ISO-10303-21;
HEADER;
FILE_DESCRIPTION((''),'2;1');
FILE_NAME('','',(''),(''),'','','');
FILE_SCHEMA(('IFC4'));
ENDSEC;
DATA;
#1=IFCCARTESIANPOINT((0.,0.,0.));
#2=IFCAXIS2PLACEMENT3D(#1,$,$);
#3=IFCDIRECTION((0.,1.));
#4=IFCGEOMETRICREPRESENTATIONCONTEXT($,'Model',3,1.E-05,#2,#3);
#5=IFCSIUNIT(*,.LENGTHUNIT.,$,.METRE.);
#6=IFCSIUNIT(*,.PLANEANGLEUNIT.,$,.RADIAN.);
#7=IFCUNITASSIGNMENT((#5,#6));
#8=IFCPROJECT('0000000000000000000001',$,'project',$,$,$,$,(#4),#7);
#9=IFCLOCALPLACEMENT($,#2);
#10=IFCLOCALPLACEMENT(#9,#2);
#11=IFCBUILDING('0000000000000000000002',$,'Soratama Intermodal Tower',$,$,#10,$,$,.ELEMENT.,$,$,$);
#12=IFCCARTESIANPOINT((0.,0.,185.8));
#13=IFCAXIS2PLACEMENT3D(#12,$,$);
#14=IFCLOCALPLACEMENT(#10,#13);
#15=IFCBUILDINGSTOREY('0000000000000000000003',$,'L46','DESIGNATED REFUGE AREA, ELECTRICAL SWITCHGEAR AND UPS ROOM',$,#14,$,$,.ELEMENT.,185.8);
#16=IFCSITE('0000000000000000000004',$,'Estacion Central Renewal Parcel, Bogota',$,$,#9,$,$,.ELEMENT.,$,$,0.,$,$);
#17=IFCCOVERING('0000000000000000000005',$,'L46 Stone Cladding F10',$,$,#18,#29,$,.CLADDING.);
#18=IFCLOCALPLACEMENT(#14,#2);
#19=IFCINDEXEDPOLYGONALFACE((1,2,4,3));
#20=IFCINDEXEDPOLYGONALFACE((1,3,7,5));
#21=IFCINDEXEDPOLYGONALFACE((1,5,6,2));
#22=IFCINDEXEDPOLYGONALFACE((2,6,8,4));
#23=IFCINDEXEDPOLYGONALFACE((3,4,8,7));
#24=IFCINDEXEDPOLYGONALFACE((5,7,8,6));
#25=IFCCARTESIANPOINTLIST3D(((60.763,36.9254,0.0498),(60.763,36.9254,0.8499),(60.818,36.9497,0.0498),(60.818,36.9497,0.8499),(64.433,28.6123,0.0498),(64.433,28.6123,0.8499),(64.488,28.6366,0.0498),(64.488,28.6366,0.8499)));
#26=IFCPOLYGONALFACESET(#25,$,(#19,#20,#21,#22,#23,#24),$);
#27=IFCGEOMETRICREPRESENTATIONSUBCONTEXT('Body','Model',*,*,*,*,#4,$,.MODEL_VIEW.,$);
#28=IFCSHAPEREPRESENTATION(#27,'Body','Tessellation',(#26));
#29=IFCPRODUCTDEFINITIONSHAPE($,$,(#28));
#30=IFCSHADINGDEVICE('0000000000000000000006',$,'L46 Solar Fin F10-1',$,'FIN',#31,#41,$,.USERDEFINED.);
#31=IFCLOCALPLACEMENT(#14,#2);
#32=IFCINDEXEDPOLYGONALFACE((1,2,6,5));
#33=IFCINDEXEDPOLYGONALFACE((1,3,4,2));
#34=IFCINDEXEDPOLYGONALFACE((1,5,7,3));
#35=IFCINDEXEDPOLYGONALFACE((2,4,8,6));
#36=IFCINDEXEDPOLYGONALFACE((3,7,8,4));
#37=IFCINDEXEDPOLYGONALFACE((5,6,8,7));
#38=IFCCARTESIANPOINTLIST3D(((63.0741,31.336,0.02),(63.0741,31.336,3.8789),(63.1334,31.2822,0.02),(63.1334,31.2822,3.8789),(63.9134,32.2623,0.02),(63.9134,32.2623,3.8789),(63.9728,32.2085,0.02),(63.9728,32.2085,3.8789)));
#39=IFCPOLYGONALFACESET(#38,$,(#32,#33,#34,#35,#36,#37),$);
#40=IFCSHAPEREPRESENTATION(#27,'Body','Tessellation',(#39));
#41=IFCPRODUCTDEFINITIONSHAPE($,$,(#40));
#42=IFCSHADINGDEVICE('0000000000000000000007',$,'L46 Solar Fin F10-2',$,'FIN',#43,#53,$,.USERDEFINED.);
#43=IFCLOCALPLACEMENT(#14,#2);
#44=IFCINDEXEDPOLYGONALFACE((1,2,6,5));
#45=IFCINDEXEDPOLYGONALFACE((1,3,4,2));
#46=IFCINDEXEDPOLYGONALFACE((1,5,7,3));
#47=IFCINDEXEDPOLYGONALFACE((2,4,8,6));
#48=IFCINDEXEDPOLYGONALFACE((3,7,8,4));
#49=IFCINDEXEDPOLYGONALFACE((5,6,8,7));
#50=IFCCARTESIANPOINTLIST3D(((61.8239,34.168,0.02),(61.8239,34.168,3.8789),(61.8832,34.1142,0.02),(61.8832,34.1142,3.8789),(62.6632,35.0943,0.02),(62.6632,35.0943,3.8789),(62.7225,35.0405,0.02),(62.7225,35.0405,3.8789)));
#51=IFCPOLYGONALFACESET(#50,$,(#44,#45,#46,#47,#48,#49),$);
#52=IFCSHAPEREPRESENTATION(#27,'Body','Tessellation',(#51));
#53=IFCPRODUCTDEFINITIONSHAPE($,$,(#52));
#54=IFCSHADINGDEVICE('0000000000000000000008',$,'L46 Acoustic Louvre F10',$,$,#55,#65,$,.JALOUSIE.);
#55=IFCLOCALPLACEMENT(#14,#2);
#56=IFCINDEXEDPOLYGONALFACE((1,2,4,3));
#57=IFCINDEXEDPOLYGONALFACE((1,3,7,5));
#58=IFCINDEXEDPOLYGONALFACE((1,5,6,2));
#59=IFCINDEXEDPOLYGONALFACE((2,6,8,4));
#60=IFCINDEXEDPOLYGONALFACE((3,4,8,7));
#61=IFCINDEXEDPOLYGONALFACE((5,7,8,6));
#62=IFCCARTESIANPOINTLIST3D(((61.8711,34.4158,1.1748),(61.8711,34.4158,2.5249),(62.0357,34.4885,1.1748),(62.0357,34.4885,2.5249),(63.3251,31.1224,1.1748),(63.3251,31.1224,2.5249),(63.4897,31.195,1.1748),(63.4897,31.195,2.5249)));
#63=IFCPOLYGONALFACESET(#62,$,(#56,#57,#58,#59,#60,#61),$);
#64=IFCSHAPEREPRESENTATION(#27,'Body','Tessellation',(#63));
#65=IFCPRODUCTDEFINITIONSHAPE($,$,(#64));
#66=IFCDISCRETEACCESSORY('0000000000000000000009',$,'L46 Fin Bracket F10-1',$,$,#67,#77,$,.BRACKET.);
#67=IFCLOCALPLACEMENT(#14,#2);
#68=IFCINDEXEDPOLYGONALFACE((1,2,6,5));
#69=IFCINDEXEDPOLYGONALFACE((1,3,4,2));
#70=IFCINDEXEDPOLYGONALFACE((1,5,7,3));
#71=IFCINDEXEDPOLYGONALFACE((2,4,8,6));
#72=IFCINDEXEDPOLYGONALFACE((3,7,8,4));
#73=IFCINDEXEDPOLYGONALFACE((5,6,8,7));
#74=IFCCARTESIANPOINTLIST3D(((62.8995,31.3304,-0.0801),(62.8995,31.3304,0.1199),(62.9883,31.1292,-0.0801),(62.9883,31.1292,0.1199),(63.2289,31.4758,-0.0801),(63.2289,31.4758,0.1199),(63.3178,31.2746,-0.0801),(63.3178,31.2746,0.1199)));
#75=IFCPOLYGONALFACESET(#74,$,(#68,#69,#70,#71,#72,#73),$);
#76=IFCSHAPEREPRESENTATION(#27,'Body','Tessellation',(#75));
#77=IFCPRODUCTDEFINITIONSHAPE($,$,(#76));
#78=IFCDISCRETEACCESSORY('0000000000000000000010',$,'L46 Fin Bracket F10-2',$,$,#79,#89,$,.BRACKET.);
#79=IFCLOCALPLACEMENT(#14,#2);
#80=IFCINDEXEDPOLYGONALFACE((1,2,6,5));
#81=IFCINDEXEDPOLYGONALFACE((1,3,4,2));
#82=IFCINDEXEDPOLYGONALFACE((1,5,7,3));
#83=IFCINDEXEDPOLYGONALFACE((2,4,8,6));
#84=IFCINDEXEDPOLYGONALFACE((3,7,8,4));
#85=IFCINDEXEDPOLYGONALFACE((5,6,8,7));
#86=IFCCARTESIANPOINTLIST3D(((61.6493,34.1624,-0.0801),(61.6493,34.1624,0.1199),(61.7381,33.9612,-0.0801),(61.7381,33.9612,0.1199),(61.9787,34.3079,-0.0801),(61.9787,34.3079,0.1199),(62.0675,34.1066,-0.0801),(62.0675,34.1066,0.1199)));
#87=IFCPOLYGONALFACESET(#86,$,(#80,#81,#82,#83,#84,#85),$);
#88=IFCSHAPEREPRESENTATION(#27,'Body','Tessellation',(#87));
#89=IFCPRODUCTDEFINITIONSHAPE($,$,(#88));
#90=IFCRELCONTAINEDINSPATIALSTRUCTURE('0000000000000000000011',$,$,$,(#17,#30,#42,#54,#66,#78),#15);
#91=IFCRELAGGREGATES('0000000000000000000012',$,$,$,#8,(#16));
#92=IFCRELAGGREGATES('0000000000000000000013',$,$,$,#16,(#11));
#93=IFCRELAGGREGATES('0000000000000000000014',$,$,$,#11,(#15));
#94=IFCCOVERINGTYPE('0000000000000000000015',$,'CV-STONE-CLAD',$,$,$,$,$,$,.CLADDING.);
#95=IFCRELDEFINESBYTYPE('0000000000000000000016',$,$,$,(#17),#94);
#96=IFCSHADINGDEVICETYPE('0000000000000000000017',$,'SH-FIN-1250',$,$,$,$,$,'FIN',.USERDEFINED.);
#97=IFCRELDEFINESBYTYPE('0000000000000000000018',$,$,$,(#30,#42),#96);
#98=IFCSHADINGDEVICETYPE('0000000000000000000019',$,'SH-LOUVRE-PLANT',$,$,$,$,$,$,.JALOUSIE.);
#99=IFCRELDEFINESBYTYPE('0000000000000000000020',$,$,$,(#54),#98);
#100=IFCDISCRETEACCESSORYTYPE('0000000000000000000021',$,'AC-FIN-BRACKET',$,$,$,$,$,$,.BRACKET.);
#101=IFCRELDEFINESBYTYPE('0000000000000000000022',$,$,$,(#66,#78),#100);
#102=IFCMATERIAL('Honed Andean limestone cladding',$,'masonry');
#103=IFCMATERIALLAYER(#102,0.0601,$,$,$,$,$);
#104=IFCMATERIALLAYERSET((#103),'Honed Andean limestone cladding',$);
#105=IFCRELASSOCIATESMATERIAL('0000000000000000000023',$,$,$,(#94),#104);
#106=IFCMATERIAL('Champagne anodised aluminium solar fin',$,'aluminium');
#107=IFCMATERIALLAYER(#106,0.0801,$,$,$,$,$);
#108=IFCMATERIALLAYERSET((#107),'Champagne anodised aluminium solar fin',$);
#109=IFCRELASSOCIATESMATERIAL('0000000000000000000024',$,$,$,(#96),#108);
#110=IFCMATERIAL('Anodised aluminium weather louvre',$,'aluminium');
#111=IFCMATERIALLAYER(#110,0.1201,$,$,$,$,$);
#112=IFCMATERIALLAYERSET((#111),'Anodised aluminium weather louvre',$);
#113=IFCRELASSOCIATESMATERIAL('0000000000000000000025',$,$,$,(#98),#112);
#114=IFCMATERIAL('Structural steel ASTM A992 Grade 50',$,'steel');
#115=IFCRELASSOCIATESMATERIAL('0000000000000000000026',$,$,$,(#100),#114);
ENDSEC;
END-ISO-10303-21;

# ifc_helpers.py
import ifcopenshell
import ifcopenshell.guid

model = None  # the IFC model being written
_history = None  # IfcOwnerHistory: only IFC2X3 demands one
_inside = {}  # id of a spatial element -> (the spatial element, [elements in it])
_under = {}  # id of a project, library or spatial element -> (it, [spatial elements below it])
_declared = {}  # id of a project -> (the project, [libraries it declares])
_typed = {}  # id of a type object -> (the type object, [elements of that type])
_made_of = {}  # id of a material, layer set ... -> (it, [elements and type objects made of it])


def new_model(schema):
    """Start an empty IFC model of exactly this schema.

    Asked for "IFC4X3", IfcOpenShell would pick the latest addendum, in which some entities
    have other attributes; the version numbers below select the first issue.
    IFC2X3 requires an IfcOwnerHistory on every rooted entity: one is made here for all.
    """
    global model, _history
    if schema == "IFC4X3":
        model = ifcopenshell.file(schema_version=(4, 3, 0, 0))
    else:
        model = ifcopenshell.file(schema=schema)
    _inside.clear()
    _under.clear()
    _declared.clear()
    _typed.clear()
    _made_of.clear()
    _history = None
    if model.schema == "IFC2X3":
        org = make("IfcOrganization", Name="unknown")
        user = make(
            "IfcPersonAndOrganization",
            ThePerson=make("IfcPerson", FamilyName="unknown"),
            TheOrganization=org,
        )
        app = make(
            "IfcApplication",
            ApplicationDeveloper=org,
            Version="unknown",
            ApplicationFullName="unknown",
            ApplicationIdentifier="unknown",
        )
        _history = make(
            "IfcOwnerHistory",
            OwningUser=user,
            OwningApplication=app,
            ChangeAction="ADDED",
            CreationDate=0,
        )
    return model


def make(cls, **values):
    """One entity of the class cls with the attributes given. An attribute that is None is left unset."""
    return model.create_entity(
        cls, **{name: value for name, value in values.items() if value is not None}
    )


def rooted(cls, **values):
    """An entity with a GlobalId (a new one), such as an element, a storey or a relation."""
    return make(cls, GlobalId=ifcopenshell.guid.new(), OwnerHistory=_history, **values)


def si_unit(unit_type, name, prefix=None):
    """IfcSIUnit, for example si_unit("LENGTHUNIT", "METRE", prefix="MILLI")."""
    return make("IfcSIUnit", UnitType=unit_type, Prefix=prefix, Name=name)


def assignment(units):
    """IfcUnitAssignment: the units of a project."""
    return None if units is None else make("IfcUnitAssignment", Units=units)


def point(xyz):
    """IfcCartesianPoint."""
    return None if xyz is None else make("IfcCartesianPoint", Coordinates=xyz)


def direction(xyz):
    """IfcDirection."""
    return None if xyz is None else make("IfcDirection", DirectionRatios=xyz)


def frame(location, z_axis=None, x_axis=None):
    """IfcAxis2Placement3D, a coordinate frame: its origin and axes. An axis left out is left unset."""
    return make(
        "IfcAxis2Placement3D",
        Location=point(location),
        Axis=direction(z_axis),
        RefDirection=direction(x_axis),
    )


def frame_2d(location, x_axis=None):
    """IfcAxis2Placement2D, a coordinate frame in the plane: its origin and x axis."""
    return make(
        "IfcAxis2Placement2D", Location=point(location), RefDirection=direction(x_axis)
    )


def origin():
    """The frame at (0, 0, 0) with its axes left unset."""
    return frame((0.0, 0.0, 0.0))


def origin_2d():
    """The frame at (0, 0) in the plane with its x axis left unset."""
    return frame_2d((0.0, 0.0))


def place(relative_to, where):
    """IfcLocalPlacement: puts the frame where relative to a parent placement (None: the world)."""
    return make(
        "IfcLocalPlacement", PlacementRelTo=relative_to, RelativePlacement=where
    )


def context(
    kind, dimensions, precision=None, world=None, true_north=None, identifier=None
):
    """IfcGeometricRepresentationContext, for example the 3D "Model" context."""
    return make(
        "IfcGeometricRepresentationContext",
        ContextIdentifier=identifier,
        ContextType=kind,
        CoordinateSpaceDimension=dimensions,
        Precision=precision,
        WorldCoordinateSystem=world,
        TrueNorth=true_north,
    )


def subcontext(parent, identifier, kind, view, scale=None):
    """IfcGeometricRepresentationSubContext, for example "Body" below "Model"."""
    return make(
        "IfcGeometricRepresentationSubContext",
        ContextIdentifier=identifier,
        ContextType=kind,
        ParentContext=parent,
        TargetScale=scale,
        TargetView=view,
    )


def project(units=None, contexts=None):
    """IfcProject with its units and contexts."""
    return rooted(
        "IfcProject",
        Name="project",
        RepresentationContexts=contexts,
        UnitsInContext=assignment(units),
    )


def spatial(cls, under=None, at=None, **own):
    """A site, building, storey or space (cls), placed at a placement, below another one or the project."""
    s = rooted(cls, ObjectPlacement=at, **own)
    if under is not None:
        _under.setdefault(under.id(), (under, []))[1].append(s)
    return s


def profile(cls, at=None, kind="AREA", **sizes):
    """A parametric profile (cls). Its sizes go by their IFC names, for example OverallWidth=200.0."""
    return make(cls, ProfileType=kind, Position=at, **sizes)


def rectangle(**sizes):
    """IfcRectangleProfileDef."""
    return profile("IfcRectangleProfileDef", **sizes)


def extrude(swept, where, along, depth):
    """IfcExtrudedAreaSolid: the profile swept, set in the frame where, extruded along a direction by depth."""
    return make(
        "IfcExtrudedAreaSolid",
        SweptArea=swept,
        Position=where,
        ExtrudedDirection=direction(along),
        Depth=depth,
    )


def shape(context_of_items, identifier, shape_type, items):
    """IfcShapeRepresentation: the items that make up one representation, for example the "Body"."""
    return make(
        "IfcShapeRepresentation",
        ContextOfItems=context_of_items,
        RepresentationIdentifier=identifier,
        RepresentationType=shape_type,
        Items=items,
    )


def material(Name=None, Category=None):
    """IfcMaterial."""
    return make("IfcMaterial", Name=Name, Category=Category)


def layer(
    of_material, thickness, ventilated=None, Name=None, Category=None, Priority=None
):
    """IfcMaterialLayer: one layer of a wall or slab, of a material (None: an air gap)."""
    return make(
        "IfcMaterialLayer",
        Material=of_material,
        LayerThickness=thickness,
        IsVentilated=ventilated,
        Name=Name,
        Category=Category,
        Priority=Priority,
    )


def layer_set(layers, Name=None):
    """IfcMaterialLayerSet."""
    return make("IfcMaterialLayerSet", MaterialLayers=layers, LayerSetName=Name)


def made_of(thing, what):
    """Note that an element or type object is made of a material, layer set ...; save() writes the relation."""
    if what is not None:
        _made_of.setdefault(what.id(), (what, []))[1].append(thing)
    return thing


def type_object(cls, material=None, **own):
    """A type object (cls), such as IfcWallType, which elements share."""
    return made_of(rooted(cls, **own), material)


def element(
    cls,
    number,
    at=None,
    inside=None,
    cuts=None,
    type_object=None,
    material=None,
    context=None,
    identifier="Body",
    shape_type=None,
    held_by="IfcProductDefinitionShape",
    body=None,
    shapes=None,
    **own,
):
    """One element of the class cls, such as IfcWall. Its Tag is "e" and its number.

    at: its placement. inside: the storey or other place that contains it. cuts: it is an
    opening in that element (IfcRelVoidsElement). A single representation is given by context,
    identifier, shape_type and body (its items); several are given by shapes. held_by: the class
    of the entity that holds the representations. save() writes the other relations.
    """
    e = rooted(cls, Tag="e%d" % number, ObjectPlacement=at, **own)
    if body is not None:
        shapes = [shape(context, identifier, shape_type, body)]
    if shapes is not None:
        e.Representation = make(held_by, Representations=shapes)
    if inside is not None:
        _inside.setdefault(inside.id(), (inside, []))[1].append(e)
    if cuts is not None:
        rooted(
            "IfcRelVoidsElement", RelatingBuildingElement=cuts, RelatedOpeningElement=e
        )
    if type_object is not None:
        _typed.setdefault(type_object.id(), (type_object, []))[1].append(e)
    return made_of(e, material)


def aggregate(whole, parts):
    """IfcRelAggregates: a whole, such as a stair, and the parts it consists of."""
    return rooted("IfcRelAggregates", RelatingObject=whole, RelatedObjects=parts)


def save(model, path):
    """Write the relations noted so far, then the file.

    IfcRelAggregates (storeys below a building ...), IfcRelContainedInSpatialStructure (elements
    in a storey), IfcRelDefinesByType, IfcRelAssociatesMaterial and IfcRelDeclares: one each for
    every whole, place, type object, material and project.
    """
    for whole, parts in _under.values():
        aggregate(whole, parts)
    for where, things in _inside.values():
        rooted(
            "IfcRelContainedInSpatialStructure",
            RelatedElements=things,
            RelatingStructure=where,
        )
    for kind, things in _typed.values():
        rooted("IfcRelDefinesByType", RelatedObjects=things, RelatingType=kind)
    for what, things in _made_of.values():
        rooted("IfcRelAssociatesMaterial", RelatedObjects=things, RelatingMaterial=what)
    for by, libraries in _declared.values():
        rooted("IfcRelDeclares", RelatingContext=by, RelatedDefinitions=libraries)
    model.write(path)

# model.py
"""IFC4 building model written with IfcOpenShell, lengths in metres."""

from ifc_helpers import new_model, si_unit, direction, frame, origin, origin_2d, place, context, subcontext, project, spatial, rectangle, extrude, material, layer, layer_set, type_object, element, save


model = new_model("IFC4")

# Units and contexts
model_context = context("Model", 3, precision=1e-05, world=origin(), true_north=direction((0.0, 1.0)))
body_context = subcontext(model_context, "Body", "Model", "MODEL_VIEW")
ifc_project = project(units=[si_unit("LENGTHUNIT", "METRE"), si_unit("PLANEANGLEUNIT", "RADIAN")], contexts=[model_context])

# Site, building, storey
site_placement = place(None, origin())
site = spatial("IfcSite", under=ifc_project, at=site_placement, Name="Estacion Central Renewal Parcel, Bogota", CompositionType="ELEMENT", RefElevation=0.0)
building_placement = place(site_placement, origin())
building = spatial("IfcBuilding", under=site, at=building_placement, Name="Soratama Intermodal Tower", CompositionType="ELEMENT")
storey_placement = place(building_placement, frame((0.0, 0.0, 185.8)))
storey = spatial("IfcBuildingStorey", under=building, at=storey_placement, Name="L46", Description="DESIGNATED REFUGE AREA, ELECTRICAL SWITCHGEAR AND UPS ROOM", CompositionType="ELEMENT", Elevation=185.8)

# Covering
ifc_material_1 = material(Name="Honed Andean limestone cladding", Category="masonry")
ifc_layer_1 = layer(ifc_material_1, 0.0601)
ifc_layer_set_1 = layer_set([ifc_layer_1], Name="Honed Andean limestone cladding")
covering_type = type_object("IfcCoveringType", Name="CV-STONE-CLAD", PredefinedType="CLADDING", material=ifc_layer_set_1)
covering_placement = place(storey_placement, frame((62.6255, 32.781, 0.0498), z_axis=(0.0, 0.0, 1.0), x_axis=(-0.403865, 0.914819, 0.0)))
element("IfcCovering", 1, at=covering_placement, inside=storey, type_object=covering_type, Name="L46 Stone Cladding F10", PredefinedType="CLADDING", context=body_context, shape_type="SweptSolid", body=[
    extrude(rectangle(XDim=9.0872, YDim=0.0601, at=origin_2d()), origin(), (0.0, 0.0, 1.0), 0.8),
])

# Shading devices
ifc_material_2 = material(Name="Champagne anodised aluminium solar fin", Category="aluminium")
ifc_layer_2 = layer(ifc_material_2, 0.0801)
ifc_layer_set_2 = layer_set([ifc_layer_2], Name="Champagne anodised aluminium solar fin")
shading_device_type_1 = type_object("IfcShadingDeviceType", Name="SH-FIN-1250", ElementType="FIN", PredefinedType="USERDEFINED", material=ifc_layer_set_2)
for number, where, z_axis, x_axis, name in (
    (2, (63.5234, 31.7722, 0.02), (0.0, 0.0, 1.0), (0.671462, 0.741039, 0.0), "L46 Solar Fin F10-1"),
    (3, (62.2732, 34.6042, 0.02), (0.0, 0.0, 1.0), (0.671462, 0.741039, 0.0), "L46 Solar Fin F10-2"),
):
    element("IfcShadingDevice", number, at=place(storey_placement, frame(where, z_axis=z_axis, x_axis=x_axis)), inside=storey, type_object=shading_device_type_1, Name=name, ObjectType="FIN", PredefinedType="USERDEFINED", context=body_context, shape_type="SweptSolid", body=[
        extrude(rectangle(XDim=1.25, YDim=0.0801, at=origin_2d()), origin(), (0.0, 0.0, 1.0), 3.8589),
    ])
ifc_material_3 = material(Name="Anodised aluminium weather louvre", Category="aluminium")
ifc_layer_3 = layer(ifc_material_3, 0.1201)
ifc_layer_set_3 = layer_set([ifc_layer_3], Name="Anodised aluminium weather louvre")
shading_device_type_2 = type_object("IfcShadingDeviceType", Name="SH-LOUVRE-PLANT", PredefinedType="JALOUSIE", material=ifc_layer_set_3)
shading_device_placement = place(storey_placement, frame((62.6804, 32.8054, 1.1748), z_axis=(0.0, 0.0, 1.0), x_axis=(-0.403865, 0.914819, 0.0)))
element("IfcShadingDevice", 4, at=shading_device_placement, inside=storey, type_object=shading_device_type_2, Name="L46 Acoustic Louvre F10", PredefinedType="JALOUSIE", context=body_context, shape_type="SweptSolid", body=[
    extrude(rectangle(XDim=3.6001, YDim=0.1799, at=origin_2d()), origin(), (0.0, 0.0, 1.0), 1.3501),
])

# Discrete accessories
ifc_material_4 = material(Name="Structural steel ASTM A992 Grade 50", Category="steel")
discrete_accessory_type = type_object("IfcDiscreteAccessoryType", Name="AC-FIN-BRACKET", PredefinedType="BRACKET", material=ifc_material_4)
for number, where, z_axis, x_axis, name in (
    (5, (63.1086, 31.3025, -0.0801), (0.0, 0.0, 1.0), (0.914819, 0.403865, 0.0), "L46 Fin Bracket F10-1"),
    (6, (61.8584, 34.1345, -0.0801), (0.0, 0.0, 1.0), (0.914819, 0.403865, 0.0), "L46 Fin Bracket F10-2"),
):
    element("IfcDiscreteAccessory", number, at=place(storey_placement, frame(where, z_axis=z_axis, x_axis=x_axis)), inside=storey, type_object=discrete_accessory_type, Name=name, PredefinedType="BRACKET", context=body_context, shape_type="SweptSolid", body=[
        extrude(rectangle(XDim=0.3601, YDim=0.22, at=origin_2d()), origin(), (0.0, 0.0, 1.0), 0.2),
    ])

save(model, "model.ifc")
